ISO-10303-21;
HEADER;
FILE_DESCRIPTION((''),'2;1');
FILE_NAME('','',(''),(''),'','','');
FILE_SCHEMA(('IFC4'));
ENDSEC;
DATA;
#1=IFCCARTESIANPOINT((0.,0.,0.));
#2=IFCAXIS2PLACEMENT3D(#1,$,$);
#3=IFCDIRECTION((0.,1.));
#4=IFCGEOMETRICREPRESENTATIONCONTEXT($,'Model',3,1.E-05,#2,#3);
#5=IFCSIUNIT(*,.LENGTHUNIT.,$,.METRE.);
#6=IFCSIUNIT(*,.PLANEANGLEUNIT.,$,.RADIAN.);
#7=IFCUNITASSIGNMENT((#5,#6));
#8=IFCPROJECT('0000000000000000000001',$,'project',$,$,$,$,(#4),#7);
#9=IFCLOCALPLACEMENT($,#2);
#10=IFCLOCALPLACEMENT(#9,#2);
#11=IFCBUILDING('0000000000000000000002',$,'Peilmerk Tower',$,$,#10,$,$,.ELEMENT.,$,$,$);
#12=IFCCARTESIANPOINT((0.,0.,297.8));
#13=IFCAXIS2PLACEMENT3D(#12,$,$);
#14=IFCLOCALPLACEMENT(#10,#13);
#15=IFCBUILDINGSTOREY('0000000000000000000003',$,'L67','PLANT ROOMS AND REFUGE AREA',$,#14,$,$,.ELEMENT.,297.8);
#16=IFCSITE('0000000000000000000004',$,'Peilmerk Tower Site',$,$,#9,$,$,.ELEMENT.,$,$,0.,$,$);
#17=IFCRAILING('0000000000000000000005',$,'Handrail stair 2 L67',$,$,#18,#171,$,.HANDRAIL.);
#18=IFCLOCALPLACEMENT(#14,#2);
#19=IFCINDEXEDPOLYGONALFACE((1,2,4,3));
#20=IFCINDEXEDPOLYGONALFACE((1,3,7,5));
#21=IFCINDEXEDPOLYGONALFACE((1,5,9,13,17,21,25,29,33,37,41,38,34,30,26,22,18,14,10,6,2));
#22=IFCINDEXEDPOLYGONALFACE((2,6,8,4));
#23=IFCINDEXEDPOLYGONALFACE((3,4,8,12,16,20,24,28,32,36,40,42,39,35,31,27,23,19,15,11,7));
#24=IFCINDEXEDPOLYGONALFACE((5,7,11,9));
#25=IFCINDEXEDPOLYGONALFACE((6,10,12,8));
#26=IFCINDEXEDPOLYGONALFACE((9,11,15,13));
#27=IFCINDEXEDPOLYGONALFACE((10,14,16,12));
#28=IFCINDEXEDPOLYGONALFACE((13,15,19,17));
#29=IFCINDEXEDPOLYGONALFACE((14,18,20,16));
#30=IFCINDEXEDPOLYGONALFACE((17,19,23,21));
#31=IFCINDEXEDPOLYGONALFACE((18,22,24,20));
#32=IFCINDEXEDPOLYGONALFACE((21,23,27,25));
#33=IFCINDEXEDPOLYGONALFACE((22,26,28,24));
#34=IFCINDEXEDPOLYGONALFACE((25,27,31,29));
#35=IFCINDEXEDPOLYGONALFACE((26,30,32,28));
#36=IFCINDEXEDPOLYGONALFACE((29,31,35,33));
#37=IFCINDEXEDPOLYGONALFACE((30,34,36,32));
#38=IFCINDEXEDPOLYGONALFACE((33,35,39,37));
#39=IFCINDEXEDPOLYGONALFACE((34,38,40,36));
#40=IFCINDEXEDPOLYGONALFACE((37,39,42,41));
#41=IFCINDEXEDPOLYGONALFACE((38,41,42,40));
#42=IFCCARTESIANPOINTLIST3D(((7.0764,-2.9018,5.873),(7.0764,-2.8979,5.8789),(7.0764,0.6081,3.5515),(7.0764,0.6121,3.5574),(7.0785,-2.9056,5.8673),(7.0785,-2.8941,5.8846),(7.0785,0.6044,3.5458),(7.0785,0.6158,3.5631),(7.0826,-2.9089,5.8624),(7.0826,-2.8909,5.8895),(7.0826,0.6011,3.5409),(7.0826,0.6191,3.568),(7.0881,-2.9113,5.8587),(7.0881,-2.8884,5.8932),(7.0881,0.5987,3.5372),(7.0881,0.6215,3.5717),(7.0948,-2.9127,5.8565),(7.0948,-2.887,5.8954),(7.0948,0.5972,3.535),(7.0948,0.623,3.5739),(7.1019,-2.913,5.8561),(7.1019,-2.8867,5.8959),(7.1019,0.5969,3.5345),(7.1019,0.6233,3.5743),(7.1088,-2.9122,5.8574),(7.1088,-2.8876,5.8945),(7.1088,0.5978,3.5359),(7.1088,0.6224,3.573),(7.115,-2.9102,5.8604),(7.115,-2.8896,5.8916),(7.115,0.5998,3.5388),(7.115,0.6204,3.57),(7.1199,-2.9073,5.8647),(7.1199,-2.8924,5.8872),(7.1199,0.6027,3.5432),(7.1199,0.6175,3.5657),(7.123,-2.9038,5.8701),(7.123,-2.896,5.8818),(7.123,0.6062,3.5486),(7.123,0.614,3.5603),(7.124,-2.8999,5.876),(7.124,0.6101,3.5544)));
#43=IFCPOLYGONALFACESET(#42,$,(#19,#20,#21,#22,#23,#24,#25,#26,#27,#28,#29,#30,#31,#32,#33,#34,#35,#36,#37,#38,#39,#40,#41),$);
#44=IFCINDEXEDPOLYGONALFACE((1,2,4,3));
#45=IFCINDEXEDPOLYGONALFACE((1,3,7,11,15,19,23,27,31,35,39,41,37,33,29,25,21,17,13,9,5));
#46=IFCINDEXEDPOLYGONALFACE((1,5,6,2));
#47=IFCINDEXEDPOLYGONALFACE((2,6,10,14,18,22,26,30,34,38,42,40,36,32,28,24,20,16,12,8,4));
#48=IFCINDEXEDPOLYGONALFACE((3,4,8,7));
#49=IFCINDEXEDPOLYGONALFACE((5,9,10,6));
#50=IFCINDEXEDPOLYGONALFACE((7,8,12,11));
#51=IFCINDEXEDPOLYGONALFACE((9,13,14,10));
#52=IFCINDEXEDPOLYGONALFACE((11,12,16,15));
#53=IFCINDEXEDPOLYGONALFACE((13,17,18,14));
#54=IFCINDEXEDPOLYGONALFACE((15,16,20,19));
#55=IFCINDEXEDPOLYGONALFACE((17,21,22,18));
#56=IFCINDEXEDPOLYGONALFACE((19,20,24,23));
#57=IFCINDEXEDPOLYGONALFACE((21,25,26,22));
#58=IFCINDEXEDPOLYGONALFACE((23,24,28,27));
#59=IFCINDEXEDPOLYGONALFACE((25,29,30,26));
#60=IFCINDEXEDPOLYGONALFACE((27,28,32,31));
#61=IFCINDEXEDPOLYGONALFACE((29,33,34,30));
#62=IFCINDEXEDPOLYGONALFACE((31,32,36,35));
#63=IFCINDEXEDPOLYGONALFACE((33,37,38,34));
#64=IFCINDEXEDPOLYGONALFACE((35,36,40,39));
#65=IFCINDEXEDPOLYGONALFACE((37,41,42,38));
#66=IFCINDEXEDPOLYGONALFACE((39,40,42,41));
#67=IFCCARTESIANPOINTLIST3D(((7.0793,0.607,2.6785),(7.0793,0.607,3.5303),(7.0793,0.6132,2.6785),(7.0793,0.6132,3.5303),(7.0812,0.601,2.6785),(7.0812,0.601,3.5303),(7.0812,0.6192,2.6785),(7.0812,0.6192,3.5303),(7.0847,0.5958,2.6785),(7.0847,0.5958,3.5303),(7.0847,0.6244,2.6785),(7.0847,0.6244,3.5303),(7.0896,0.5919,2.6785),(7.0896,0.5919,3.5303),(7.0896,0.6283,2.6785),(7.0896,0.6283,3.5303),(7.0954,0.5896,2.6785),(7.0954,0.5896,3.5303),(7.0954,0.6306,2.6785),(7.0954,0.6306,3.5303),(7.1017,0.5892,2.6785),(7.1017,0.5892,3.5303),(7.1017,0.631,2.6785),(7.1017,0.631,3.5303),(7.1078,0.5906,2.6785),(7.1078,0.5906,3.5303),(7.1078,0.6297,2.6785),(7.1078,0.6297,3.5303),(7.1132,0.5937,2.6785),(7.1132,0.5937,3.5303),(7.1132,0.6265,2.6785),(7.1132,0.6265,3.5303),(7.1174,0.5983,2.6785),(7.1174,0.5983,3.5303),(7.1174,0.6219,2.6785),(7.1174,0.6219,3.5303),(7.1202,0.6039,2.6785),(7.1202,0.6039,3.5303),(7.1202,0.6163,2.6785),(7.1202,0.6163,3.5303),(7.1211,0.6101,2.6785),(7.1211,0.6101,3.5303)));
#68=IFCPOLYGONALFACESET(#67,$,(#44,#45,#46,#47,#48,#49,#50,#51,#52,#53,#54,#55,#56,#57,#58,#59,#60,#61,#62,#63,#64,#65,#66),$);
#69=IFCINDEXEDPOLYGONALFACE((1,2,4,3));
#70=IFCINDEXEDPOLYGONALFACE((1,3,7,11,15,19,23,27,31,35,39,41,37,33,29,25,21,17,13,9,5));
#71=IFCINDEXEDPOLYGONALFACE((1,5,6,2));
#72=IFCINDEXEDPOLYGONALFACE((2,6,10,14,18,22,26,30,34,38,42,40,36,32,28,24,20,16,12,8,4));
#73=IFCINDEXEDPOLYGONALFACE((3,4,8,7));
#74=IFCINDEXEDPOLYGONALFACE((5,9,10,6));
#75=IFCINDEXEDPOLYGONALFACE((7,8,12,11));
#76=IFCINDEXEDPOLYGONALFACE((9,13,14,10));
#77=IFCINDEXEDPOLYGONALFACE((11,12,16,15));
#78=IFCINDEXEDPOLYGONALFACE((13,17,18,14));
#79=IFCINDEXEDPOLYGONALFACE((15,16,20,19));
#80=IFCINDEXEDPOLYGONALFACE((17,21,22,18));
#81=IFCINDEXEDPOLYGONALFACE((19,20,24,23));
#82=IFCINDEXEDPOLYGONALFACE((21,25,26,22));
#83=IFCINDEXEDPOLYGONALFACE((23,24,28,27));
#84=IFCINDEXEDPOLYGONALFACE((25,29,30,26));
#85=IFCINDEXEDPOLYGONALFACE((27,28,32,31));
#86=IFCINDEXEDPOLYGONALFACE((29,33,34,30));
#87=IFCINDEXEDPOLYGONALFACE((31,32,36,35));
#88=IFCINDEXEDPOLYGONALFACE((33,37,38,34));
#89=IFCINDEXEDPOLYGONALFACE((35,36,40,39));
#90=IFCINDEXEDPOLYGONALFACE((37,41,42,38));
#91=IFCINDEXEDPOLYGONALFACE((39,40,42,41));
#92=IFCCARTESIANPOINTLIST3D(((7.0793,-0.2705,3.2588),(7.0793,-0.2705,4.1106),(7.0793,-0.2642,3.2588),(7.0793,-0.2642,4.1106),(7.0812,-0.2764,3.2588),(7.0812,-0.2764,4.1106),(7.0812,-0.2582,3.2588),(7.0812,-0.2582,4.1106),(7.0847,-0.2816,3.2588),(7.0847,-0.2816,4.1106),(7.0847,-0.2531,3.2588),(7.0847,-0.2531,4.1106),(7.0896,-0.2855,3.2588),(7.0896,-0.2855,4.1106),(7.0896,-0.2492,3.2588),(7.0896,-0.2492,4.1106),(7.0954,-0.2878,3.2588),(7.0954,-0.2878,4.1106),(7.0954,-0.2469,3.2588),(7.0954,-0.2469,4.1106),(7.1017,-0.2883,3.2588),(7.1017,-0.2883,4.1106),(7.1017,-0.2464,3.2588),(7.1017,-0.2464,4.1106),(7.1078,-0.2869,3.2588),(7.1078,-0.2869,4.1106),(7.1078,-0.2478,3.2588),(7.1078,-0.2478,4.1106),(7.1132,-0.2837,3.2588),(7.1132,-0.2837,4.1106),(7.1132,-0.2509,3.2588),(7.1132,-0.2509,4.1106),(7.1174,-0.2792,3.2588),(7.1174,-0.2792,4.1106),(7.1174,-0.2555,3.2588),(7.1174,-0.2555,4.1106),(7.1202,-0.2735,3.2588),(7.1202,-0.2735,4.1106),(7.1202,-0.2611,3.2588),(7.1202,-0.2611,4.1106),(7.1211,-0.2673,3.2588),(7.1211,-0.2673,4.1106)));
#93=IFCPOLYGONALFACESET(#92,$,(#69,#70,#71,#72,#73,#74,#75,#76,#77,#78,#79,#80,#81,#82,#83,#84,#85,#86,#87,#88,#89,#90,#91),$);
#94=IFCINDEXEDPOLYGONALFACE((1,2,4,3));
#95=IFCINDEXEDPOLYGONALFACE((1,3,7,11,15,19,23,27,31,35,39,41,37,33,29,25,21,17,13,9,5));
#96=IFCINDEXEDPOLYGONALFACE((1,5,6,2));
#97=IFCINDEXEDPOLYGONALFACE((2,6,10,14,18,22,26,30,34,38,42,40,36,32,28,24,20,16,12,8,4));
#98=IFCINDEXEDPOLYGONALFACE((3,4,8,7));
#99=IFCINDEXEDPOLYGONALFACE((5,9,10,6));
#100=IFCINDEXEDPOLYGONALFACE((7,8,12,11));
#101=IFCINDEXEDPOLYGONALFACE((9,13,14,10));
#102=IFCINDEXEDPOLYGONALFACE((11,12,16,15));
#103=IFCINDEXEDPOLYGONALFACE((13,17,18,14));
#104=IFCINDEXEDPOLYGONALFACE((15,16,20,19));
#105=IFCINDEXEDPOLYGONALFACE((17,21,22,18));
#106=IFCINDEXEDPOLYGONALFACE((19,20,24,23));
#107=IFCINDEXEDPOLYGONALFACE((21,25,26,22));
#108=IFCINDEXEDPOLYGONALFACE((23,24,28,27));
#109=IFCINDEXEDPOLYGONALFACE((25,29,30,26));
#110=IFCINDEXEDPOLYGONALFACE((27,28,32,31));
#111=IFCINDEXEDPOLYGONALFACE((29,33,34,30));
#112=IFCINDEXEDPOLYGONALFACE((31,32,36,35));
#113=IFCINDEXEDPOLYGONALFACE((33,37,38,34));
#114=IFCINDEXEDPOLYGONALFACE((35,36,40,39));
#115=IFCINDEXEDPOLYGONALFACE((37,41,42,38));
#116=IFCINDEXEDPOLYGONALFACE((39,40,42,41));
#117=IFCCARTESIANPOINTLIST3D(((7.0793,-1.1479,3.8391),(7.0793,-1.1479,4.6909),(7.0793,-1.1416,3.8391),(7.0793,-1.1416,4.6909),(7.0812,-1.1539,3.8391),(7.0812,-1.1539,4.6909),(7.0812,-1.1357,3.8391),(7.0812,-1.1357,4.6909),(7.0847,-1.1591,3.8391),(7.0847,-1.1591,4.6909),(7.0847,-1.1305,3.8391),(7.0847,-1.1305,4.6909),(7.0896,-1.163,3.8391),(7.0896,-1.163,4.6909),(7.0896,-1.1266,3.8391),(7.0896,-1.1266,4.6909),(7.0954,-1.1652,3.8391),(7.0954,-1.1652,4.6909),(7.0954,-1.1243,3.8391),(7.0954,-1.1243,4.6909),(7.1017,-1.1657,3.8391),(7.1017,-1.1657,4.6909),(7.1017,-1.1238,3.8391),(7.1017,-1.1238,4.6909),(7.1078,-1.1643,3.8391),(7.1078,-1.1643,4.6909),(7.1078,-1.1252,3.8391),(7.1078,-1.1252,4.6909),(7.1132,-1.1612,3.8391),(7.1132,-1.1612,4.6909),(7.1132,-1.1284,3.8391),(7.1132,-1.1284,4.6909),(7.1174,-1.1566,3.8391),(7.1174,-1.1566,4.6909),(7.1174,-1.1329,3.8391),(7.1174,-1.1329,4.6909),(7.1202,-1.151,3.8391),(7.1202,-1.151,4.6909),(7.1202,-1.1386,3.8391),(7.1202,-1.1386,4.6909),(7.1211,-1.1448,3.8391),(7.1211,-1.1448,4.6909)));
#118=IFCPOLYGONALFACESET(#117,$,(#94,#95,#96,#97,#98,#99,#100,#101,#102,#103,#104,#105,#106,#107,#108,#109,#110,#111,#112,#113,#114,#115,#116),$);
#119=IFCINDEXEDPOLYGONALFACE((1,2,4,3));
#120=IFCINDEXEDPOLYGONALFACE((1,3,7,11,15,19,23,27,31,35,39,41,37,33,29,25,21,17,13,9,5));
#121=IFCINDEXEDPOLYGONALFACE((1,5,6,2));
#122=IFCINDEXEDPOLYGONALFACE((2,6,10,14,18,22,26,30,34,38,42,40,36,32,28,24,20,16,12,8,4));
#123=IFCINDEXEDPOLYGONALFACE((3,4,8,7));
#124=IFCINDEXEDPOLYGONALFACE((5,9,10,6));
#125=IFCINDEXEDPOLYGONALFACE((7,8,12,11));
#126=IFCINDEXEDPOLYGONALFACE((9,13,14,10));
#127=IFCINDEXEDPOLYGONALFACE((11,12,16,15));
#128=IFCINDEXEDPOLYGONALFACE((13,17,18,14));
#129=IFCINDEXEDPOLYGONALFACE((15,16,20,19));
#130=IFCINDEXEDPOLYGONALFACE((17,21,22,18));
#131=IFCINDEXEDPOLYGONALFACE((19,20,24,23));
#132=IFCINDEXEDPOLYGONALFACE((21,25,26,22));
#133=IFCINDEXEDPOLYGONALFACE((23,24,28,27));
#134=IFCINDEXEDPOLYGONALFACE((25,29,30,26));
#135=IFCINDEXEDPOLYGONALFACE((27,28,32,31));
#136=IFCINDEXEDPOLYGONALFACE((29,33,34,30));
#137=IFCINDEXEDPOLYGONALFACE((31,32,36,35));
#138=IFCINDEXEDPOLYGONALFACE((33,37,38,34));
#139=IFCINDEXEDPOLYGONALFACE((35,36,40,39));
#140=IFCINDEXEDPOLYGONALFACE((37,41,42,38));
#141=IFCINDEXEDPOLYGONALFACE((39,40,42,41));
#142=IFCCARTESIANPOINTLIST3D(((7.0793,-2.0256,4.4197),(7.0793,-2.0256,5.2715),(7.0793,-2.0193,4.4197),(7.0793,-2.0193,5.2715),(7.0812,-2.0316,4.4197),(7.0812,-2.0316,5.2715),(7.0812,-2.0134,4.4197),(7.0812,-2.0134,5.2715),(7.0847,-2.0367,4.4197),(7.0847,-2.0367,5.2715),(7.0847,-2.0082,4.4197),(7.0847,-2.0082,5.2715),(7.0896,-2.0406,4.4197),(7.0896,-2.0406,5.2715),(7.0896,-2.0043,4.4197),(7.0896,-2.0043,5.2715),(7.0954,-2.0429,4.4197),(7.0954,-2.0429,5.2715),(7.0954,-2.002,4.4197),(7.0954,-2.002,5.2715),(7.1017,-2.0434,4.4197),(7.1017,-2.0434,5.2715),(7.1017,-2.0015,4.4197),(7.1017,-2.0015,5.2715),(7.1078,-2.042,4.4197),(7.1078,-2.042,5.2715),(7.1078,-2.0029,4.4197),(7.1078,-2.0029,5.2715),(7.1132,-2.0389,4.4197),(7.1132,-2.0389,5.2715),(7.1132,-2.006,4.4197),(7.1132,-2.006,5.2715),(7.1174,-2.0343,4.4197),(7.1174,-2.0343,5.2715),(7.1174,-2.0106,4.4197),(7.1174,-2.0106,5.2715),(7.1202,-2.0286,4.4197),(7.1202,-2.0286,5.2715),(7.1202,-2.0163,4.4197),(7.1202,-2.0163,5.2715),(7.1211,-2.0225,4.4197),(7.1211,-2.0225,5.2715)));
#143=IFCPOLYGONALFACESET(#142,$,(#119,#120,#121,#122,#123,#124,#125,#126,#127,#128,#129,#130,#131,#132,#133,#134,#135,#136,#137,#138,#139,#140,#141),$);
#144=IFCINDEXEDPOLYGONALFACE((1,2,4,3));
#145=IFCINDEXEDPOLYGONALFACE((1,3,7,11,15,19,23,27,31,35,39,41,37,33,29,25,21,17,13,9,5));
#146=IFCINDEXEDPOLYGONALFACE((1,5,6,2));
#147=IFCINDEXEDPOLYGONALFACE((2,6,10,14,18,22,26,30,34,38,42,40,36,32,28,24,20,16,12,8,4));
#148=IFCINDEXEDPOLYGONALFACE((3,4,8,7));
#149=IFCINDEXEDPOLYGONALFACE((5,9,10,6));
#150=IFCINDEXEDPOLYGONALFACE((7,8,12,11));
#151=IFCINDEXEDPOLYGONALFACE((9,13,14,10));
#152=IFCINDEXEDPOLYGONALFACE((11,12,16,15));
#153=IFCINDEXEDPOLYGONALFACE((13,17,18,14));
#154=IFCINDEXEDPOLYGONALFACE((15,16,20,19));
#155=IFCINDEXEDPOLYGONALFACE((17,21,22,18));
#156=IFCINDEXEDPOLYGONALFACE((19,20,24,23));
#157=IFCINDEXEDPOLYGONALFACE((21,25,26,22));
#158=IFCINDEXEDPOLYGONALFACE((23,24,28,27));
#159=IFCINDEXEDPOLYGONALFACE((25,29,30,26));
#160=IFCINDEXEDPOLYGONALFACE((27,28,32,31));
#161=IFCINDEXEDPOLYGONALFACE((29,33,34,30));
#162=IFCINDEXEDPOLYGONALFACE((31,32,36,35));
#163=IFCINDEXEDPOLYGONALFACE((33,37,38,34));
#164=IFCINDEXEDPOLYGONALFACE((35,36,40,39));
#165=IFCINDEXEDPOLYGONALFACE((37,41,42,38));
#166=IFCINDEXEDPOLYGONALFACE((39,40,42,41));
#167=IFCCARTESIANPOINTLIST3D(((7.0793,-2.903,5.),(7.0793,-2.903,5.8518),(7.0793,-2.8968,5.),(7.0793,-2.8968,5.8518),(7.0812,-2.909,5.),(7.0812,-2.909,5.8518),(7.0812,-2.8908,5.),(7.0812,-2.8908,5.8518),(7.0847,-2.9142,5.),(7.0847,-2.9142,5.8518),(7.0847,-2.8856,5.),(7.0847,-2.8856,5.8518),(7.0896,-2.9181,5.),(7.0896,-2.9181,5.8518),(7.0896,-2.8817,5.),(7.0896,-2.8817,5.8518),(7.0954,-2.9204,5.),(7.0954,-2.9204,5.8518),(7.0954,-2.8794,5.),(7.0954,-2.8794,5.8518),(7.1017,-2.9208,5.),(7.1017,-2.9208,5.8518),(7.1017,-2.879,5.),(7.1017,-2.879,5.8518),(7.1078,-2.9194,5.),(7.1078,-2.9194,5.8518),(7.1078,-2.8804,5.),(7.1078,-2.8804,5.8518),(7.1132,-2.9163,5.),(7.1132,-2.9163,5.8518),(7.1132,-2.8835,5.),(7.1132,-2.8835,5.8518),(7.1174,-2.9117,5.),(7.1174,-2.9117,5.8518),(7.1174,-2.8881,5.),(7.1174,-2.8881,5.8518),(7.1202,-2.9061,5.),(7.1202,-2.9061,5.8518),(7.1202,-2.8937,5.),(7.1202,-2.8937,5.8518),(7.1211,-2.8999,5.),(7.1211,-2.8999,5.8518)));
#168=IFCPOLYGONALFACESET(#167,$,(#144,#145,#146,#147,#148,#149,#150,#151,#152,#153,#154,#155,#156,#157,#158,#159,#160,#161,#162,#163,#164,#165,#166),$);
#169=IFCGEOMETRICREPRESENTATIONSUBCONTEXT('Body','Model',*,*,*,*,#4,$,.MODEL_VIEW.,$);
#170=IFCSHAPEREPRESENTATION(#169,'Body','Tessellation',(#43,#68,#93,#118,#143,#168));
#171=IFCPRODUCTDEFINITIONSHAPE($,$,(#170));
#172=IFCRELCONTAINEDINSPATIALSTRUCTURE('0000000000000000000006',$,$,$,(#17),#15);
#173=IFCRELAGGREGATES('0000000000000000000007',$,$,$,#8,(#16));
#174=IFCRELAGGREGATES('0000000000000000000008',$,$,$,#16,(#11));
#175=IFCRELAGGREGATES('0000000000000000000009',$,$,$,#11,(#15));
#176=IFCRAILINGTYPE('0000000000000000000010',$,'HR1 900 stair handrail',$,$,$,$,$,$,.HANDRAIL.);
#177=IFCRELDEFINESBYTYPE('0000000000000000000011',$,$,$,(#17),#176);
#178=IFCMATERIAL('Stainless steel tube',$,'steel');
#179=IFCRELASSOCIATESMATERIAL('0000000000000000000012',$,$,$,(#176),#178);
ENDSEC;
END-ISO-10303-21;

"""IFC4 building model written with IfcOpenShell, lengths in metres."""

from ifc_helpers import new_model, si_unit, direction, frame, origin, origin_2d, place, context, subcontext, project, spatial, circle, extrude, material, type_object, element, save


model = new_model("IFC4")

# Units and contexts
model_context = context("Model", 3, precision=1e-05, world=origin(), true_north=direction((0.0, 1.0)))
body_context = subcontext(model_context, "Body", "Model", "MODEL_VIEW")
ifc_project = project(units=[si_unit("LENGTHUNIT", "METRE"), si_unit("PLANEANGLEUNIT", "RADIAN")], contexts=[model_context])

# Site, building, storey
site_placement = place(None, origin())
site = spatial("IfcSite", under=ifc_project, at=site_placement, Name="Peilmerk Tower Site", CompositionType="ELEMENT", RefElevation=0.0)
building_placement = place(site_placement, origin())
building = spatial("IfcBuilding", under=site, at=building_placement, Name="Peilmerk Tower", CompositionType="ELEMENT")
storey_placement = place(building_placement, frame((0.0, 0.0, 297.8)))
storey = spatial("IfcBuildingStorey", under=building, at=storey_placement, Name="L67", Description="PLANT ROOMS AND REFUGE AREA", CompositionType="ELEMENT", Elevation=297.8)

# Railing
ifc_material_1 = material(Name="Stainless steel tube", Category="steel")
railing_type_1 = type_object("IfcRailingType", Name="HR1 900 stair handrail", PredefinedType="HANDRAIL", material=ifc_material_1)
railing_1_placement = place(storey_placement, frame((7.1001, 0.6101, 2.6785)))
element("IfcRailing", 1, at=railing_1_placement, inside=storey, type_object=railing_type_1, Name="Handrail stair 2 L67", PredefinedType="HANDRAIL", context=body_context, shape_type="SweptSolid", body=[
    extrude(circle(Radius=0.0239, at=origin_2d()), frame((0.0, 0.0, 0.876), z_axis=(0.0, -0.834071, 0.551657), x_axis=(1.0, 0.0, 0.0)), (0.0, 0.0, 1.0), 4.2083),
    extrude(circle(Radius=0.021, at=origin_2d()), origin(), (0.0, 0.0, 1.0), 0.8518),
    extrude(circle(Radius=0.021, at=origin_2d()), frame((0.0, -0.8774, 0.5803)), (0.0, 0.0, 1.0), 0.8518),
    extrude(circle(Radius=0.021, at=origin_2d()), frame((0.0, -1.7549, 1.1606)), (0.0, 0.0, 1.0), 0.8518),
    extrude(circle(Radius=0.021, at=origin_2d()), frame((0.0, -2.6326, 1.7412)), (0.0, 0.0, 1.0), 0.8518),
    extrude(circle(Radius=0.021, at=origin_2d()), frame((0.0, -3.51, 2.3215)), (0.0, 0.0, 1.0), 0.8518),
])

save(model, "model.ifc")
